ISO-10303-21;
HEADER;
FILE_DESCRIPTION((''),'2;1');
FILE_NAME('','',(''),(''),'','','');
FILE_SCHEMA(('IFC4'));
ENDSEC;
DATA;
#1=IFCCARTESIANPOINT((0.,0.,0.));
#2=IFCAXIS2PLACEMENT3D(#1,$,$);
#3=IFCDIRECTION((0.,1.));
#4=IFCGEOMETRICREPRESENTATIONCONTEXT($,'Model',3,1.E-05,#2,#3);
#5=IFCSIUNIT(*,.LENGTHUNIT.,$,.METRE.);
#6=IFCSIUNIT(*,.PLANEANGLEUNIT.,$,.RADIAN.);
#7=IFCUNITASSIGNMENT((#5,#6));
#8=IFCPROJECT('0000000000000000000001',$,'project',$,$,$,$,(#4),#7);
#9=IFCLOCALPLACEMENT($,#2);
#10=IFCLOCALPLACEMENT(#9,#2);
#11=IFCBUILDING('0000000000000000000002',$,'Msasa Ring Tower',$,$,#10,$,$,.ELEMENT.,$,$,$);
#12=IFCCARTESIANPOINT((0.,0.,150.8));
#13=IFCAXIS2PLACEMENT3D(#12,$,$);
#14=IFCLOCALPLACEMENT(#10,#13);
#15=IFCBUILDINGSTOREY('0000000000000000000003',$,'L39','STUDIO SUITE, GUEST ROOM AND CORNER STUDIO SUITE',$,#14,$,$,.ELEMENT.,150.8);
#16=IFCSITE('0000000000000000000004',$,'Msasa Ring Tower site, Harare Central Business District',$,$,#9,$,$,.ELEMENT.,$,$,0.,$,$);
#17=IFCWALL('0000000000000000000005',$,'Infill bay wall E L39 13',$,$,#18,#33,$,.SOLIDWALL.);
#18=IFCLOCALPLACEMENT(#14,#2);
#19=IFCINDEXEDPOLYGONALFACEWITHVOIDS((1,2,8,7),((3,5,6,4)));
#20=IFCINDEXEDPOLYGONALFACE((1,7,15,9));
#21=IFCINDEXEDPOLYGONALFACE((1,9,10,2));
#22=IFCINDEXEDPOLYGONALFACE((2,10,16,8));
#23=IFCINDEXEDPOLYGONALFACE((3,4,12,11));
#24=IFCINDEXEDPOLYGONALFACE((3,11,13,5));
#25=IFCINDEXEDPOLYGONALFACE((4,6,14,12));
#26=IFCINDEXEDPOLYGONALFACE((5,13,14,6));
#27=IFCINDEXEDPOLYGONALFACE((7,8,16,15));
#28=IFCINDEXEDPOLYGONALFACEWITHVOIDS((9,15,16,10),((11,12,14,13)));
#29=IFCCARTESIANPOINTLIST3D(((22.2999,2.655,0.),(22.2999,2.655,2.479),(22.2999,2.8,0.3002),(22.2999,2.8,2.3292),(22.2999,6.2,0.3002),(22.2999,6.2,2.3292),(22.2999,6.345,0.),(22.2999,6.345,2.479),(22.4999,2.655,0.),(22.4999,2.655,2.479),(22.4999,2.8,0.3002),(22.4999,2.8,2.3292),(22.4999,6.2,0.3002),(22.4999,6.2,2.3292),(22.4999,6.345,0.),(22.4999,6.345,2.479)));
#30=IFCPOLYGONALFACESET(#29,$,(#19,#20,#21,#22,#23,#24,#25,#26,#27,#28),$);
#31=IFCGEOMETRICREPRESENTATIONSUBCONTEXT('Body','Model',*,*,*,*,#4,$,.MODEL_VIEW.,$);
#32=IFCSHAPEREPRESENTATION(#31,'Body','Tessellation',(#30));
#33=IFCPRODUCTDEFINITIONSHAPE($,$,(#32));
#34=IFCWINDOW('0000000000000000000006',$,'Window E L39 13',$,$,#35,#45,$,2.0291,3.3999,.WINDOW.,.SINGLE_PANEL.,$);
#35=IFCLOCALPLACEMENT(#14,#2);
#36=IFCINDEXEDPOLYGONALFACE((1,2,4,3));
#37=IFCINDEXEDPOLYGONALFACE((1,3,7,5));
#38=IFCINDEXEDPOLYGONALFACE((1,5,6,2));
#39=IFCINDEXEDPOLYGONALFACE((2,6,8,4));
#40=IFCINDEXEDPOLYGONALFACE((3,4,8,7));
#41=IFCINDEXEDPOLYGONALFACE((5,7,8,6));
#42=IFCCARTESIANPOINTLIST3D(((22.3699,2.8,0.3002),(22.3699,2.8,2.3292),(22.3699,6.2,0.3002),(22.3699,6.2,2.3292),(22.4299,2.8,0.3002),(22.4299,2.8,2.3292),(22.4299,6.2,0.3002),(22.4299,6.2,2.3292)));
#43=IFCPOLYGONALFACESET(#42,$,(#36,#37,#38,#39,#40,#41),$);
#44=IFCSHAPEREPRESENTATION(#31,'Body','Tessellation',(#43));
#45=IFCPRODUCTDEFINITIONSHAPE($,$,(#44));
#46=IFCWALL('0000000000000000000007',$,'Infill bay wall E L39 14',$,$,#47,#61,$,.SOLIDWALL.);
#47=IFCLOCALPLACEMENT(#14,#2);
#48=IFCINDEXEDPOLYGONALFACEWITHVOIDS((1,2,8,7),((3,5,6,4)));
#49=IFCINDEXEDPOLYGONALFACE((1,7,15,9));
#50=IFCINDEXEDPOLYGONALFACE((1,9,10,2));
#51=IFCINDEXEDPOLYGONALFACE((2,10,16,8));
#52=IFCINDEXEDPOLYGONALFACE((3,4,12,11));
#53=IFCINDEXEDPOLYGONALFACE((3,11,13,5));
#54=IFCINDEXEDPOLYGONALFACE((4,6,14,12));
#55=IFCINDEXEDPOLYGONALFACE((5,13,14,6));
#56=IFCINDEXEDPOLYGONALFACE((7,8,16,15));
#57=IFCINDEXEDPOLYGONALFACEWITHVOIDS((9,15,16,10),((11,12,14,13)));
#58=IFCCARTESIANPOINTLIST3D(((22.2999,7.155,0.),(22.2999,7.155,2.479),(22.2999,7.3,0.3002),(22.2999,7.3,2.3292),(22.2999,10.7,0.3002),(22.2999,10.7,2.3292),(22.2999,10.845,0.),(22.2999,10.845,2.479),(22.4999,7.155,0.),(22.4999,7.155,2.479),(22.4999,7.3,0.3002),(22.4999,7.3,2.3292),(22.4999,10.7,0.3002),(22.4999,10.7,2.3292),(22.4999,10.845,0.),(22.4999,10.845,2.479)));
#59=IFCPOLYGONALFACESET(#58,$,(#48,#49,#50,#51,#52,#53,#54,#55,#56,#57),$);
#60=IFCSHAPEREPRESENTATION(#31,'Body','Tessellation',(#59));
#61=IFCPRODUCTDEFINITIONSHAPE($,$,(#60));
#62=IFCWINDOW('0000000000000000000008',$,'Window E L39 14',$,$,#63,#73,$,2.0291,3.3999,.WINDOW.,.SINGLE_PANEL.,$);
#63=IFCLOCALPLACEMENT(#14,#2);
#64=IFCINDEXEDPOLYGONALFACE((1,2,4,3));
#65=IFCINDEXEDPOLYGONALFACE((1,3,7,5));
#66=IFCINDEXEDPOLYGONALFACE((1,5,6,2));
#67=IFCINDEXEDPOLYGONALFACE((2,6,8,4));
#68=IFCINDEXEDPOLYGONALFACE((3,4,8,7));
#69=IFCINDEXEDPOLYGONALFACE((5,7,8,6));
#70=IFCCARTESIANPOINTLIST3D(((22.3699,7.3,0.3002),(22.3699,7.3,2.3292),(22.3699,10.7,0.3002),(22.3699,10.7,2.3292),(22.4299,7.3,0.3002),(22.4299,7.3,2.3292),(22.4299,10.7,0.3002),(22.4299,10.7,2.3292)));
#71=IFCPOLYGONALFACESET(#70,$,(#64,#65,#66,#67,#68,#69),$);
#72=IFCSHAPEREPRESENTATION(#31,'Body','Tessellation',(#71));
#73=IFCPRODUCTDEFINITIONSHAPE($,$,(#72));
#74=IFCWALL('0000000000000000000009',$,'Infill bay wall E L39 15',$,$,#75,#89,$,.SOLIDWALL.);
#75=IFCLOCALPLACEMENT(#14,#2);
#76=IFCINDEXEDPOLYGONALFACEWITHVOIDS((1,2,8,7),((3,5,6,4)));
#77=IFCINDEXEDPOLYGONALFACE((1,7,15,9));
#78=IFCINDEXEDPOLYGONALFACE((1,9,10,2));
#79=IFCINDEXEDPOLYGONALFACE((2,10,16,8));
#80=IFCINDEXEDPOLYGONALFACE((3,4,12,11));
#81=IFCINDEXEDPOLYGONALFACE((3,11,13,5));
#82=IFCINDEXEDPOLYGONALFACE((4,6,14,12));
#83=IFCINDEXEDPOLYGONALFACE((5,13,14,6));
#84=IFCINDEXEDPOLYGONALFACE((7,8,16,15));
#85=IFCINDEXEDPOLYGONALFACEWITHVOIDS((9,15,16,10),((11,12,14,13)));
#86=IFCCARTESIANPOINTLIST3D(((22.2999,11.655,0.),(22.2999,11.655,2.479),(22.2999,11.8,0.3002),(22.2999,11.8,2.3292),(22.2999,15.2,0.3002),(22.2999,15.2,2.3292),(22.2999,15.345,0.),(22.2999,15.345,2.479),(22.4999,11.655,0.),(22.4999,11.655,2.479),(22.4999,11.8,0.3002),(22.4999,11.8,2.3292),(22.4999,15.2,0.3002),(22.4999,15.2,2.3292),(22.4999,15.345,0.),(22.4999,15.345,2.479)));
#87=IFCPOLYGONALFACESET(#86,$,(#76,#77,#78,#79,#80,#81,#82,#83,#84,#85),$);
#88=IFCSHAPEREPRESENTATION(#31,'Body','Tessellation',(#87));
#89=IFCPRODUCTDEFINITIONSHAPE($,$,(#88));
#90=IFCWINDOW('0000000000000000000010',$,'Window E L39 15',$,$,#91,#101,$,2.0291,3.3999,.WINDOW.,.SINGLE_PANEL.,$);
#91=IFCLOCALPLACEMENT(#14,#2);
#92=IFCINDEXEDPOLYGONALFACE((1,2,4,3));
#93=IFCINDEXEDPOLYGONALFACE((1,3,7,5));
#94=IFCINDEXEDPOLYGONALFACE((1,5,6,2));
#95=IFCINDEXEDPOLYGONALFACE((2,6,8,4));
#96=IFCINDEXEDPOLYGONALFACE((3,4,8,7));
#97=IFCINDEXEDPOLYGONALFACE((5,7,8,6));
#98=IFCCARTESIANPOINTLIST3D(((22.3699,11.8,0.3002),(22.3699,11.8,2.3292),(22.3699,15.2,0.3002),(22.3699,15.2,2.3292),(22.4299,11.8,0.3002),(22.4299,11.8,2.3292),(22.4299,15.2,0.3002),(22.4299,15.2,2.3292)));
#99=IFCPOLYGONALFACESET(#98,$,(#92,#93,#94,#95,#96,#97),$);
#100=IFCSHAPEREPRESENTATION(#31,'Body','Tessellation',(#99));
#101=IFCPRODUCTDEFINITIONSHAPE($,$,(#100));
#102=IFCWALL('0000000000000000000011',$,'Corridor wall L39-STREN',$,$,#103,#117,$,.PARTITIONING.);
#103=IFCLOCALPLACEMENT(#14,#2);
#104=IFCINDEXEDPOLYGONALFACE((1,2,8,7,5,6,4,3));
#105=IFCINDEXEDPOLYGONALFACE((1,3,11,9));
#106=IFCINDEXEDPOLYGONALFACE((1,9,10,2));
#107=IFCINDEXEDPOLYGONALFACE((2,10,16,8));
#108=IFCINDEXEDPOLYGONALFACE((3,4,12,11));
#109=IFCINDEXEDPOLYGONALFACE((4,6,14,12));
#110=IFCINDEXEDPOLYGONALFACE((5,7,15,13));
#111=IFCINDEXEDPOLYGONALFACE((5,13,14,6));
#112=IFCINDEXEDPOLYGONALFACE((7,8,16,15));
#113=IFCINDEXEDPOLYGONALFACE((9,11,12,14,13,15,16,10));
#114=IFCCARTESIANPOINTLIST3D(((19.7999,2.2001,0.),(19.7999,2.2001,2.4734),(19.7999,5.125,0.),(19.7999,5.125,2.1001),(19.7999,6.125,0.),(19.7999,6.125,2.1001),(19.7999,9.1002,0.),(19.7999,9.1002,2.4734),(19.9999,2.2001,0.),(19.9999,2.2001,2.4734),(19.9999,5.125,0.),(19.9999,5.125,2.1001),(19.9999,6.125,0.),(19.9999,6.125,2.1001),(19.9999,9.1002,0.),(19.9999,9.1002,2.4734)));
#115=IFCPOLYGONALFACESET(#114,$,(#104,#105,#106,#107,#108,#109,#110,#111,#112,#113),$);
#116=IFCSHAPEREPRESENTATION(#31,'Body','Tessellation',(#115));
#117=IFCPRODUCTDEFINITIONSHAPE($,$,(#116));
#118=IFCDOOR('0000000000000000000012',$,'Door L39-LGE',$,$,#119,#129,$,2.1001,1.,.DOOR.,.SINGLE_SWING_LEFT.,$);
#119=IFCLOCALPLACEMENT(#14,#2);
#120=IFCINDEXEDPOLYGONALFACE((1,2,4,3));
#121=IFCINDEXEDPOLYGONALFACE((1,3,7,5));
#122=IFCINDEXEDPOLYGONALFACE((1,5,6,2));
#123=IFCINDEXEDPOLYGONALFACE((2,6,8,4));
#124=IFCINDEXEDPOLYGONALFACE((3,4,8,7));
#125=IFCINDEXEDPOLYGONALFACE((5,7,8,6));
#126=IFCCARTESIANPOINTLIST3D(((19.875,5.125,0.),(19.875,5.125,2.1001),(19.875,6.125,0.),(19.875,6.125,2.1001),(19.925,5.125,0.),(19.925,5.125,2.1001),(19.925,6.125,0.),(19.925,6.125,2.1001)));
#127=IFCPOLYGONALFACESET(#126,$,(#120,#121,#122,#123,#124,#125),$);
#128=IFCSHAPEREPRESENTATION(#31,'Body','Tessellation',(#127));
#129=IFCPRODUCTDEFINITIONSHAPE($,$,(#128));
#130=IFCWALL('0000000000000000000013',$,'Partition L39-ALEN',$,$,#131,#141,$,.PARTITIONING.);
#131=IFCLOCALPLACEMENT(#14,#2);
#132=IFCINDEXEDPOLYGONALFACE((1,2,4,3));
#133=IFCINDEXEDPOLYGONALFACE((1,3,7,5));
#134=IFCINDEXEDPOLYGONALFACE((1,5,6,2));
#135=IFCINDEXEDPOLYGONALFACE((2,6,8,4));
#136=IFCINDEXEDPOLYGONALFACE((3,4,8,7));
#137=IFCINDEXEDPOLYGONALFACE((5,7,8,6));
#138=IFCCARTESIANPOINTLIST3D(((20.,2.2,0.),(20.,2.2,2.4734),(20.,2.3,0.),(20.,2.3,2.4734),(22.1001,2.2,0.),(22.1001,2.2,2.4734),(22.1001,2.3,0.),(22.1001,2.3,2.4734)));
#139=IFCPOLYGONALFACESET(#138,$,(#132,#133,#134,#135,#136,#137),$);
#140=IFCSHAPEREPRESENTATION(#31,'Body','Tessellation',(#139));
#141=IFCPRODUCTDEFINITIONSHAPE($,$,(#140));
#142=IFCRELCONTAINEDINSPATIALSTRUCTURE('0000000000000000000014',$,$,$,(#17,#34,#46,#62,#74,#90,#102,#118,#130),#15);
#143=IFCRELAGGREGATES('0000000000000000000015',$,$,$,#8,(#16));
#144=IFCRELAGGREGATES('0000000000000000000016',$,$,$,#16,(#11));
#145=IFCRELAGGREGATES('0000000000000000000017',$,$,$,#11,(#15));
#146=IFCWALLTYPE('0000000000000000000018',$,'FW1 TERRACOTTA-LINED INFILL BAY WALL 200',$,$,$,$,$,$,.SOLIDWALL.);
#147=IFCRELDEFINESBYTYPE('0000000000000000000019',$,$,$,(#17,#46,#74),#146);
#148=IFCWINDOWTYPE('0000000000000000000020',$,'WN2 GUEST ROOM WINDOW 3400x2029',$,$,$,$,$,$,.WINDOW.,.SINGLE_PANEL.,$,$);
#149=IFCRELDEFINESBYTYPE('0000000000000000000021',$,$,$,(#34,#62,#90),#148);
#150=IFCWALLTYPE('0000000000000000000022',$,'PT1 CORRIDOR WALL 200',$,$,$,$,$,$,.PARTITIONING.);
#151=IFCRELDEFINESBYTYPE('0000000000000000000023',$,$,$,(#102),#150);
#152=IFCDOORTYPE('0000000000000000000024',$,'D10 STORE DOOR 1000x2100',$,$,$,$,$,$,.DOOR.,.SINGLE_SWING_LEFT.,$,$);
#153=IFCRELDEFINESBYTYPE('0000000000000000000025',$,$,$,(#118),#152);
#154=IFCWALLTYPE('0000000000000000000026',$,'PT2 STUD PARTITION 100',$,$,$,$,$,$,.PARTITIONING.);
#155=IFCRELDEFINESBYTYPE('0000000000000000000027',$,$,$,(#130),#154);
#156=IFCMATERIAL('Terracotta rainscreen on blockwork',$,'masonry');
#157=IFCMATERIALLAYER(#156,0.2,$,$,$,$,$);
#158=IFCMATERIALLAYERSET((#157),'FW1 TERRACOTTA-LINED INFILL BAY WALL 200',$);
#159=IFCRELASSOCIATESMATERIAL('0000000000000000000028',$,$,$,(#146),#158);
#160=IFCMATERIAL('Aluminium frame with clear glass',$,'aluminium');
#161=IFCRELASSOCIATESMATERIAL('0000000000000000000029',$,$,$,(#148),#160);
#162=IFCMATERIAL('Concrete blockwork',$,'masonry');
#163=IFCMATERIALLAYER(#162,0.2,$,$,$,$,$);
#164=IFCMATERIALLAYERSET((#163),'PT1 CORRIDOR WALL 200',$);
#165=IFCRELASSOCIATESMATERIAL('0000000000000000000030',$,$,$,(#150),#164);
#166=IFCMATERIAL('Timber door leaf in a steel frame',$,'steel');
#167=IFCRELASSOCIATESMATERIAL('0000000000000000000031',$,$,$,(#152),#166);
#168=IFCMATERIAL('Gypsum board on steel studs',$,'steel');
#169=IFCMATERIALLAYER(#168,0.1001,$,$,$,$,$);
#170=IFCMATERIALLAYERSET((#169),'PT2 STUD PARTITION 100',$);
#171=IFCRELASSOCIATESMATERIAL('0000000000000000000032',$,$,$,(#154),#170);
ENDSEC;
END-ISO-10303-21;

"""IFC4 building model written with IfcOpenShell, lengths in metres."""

from ifc_helpers import new_model, si_unit, direction, frame, frame_2d, origin, place, context, subcontext, project, spatial, rectangle, extrude, material, layer, layer_set, type_object, element, fill, save


model = new_model("IFC4")

# Units and contexts
model_context = context("Model", 3, precision=1e-05, world=origin(), true_north=direction((0.0, 1.0)))
body_context = subcontext(model_context, "Body", "Model", "MODEL_VIEW")
ifc_project = project(units=[si_unit("LENGTHUNIT", "METRE"), si_unit("PLANEANGLEUNIT", "RADIAN")], contexts=[model_context])

# Site, building, storey
site_placement = place(None, origin())
site = spatial("IfcSite", under=ifc_project, at=site_placement, Name="Msasa Ring Tower site, Harare Central Business District", CompositionType="ELEMENT", RefElevation=0.0)
building_placement = place(site_placement, origin())
building = spatial("IfcBuilding", under=site, at=building_placement, Name="Msasa Ring Tower", CompositionType="ELEMENT")
storey_placement = place(building_placement, frame((0.0, 0.0, 150.8)))
storey = spatial("IfcBuildingStorey", under=building, at=storey_placement, Name="L39", Description="STUDIO SUITE, GUEST ROOM AND CORNER STUDIO SUITE", CompositionType="ELEMENT", Elevation=150.8)

# Walls, openings, windows
ifc_material_1 = material(Name="Terracotta rainscreen on blockwork", Category="masonry")
ifc_layer_1 = layer(ifc_material_1, 0.2)
ifc_layer_set_1 = layer_set([ifc_layer_1], Name="FW1 TERRACOTTA-LINED INFILL BAY WALL 200")
wall_type_1 = type_object("IfcWallType", Name="FW1 TERRACOTTA-LINED INFILL BAY WALL 200", PredefinedType="SOLIDWALL", material=ifc_layer_set_1)
wall_1_placement = place(storey_placement, frame((22.3999, 2.655, 0.0), z_axis=(0.0, 0.0, 1.0), x_axis=(0.0, 1.0, 0.0)))
wall_1 = element("IfcWall", 1, at=wall_1_placement, inside=storey, type_object=wall_type_1, Name="Infill bay wall E L39 13", PredefinedType="SOLIDWALL", context=body_context, shape_type="SweptSolid", body=[
    extrude(rectangle(XDim=3.6899, YDim=0.2, at=frame_2d((1.845, 0.0))), origin(), (0.0, 0.0, 1.0), 2.479),
])
opening_1_placement = place(wall_1_placement, frame((0.145, 0.0, 0.3)))
opening_1 = element("IfcOpeningElement", 2, at=opening_1_placement, cuts=wall_1, PredefinedType="OPENING", context=body_context, shape_type="SweptSolid", body=[
    extrude(rectangle(XDim=3.3999, YDim=2.0291, at=frame_2d((1.7, 1.0146))), frame((0.0, 0.1099, 0.0), z_axis=(0.0, -1.0, 0.0), x_axis=(1.0, 0.0, 0.0)), (0.0, 0.0, 1.0), 0.22),
])
ifc_material_2 = material(Name="Aluminium frame with clear glass", Category="aluminium")
window_type = type_object("IfcWindowType", Name="WN2 GUEST ROOM WINDOW 3400x2029", PartitioningType="SINGLE_PANEL", PredefinedType="WINDOW", material=ifc_material_2)
window_1_placement = place(opening_1_placement, origin())
window_1 = element("IfcWindow", 3, at=window_1_placement, inside=storey, type_object=window_type, Name="Window E L39 13", OverallHeight=2.0291, OverallWidth=3.3999, PartitioningType="SINGLE_PANEL", PredefinedType="WINDOW", context=body_context, shape_type="SweptSolid", body=[
    extrude(rectangle(XDim=3.3999, YDim=2.0291, at=frame_2d((1.7, 1.0146))), frame((0.0, 0.03, 0.0), z_axis=(0.0, -1.0, 0.0), x_axis=(1.0, 0.0, 0.0)), (0.0, 0.0, 1.0), 0.0601),
])
fill(opening_1, window_1)
wall_2_placement = place(storey_placement, frame((22.3999, 7.155, 0.0), z_axis=(0.0, 0.0, 1.0), x_axis=(0.0, 1.0, 0.0)))
wall_2 = element("IfcWall", 4, at=wall_2_placement, inside=storey, type_object=wall_type_1, Name="Infill bay wall E L39 14", PredefinedType="SOLIDWALL", context=body_context, shape_type="SweptSolid", body=[
    extrude(rectangle(XDim=3.6899, YDim=0.2, at=frame_2d((1.845, 0.0))), origin(), (0.0, 0.0, 1.0), 2.479),
])
opening_2_placement = place(wall_2_placement, frame((0.145, 0.0, 0.3)))
opening_2 = element("IfcOpeningElement", 5, at=opening_2_placement, cuts=wall_2, PredefinedType="OPENING", context=body_context, shape_type="SweptSolid", body=[
    extrude(rectangle(XDim=3.3999, YDim=2.0291, at=frame_2d((1.7, 1.0146))), frame((0.0, 0.1099, 0.0), z_axis=(0.0, -1.0, 0.0), x_axis=(1.0, 0.0, 0.0)), (0.0, 0.0, 1.0), 0.22),
])
window_2_placement = place(opening_2_placement, origin())
window_2 = element("IfcWindow", 6, at=window_2_placement, inside=storey, type_object=window_type, Name="Window E L39 14", OverallHeight=2.0291, OverallWidth=3.3999, PartitioningType="SINGLE_PANEL", PredefinedType="WINDOW", context=body_context, shape_type="SweptSolid", body=[
    extrude(rectangle(XDim=3.3999, YDim=2.0291, at=frame_2d((1.7, 1.0146))), frame((0.0, 0.03, 0.0), z_axis=(0.0, -1.0, 0.0), x_axis=(1.0, 0.0, 0.0)), (0.0, 0.0, 1.0), 0.0601),
])
fill(opening_2, window_2)
wall_3_placement = place(storey_placement, frame((22.3999, 11.655, 0.0), z_axis=(0.0, 0.0, 1.0), x_axis=(0.0, 1.0, 0.0)))
wall_3 = element("IfcWall", 7, at=wall_3_placement, inside=storey, type_object=wall_type_1, Name="Infill bay wall E L39 15", PredefinedType="SOLIDWALL", context=body_context, shape_type="SweptSolid", body=[
    extrude(rectangle(XDim=3.6899, YDim=0.2, at=frame_2d((1.845, 0.0))), origin(), (0.0, 0.0, 1.0), 2.479),
])
opening_3_placement = place(wall_3_placement, frame((0.145, 0.0, 0.3)))
opening_3 = element("IfcOpeningElement", 8, at=opening_3_placement, cuts=wall_3, PredefinedType="OPENING", context=body_context, shape_type="SweptSolid", body=[
    extrude(rectangle(XDim=3.3999, YDim=2.0291, at=frame_2d((1.7, 1.0146))), frame((0.0, 0.1099, 0.0), z_axis=(0.0, -1.0, 0.0), x_axis=(1.0, 0.0, 0.0)), (0.0, 0.0, 1.0), 0.22),
])
window_3_placement = place(opening_3_placement, origin())
window_3 = element("IfcWindow", 9, at=window_3_placement, inside=storey, type_object=window_type, Name="Window E L39 15", OverallHeight=2.0291, OverallWidth=3.3999, PartitioningType="SINGLE_PANEL", PredefinedType="WINDOW", context=body_context, shape_type="SweptSolid", body=[
    extrude(rectangle(XDim=3.3999, YDim=2.0291, at=frame_2d((1.7, 1.0146))), frame((0.0, 0.03, 0.0), z_axis=(0.0, -1.0, 0.0), x_axis=(1.0, 0.0, 0.0)), (0.0, 0.0, 1.0), 0.0601),
])
fill(opening_3, window_3)

# Wall, opening, door
ifc_material_3 = material(Name="Concrete blockwork", Category="masonry")
ifc_layer_2 = layer(ifc_material_3, 0.2)
ifc_layer_set_2 = layer_set([ifc_layer_2], Name="PT1 CORRIDOR WALL 200")
wall_type_2 = type_object("IfcWallType", Name="PT1 CORRIDOR WALL 200", PredefinedType="PARTITIONING", material=ifc_layer_set_2)
wall_4_placement = place(storey_placement, frame((19.8999, 2.2, 0.0), z_axis=(0.0, 0.0, 1.0), x_axis=(0.0, 1.0, 0.0)))
wall_4 = element("IfcWall", 10, at=wall_4_placement, inside=storey, type_object=wall_type_2, Name="Corridor wall L39-STREN", PredefinedType="PARTITIONING", context=body_context, shape_type="SweptSolid", body=[
    extrude(rectangle(XDim=6.9001, YDim=0.2, at=frame_2d((3.4502, 0.0))), origin(), (0.0, 0.0, 1.0), 2.4734),
])
opening_4_placement = place(wall_4_placement, frame((2.925, 0.0, 0.0)))
opening_4 = element("IfcOpeningElement", 11, at=opening_4_placement, cuts=wall_4, PredefinedType="OPENING", context=body_context, shape_type="SweptSolid", body=[
    extrude(rectangle(XDim=1.0, YDim=2.1001, at=frame_2d((0.5, 1.05))), frame((0.0, 0.1099, 0.0), z_axis=(0.0, -1.0, 0.0), x_axis=(1.0, 0.0, 0.0)), (0.0, 0.0, 1.0), 0.22),
])
ifc_material_4 = material(Name="Timber door leaf in a steel frame", Category="steel")
door_type_1 = type_object("IfcDoorType", Name="D10 STORE DOOR 1000x2100", OperationType="SINGLE_SWING_LEFT", PredefinedType="DOOR", material=ifc_material_4)
door_1_placement = place(opening_4_placement, origin())
door_1 = element("IfcDoor", 12, at=door_1_placement, inside=storey, type_object=door_type_1, Name="Door L39-LGE", OperationType="SINGLE_SWING_LEFT", OverallHeight=2.1001, OverallWidth=1.0, PredefinedType="DOOR", context=body_context, shape_type="SweptSolid", body=[
    extrude(rectangle(XDim=1.0, YDim=2.1001, at=frame_2d((0.5, 1.05))), frame((0.0, 0.0249, 0.0), z_axis=(0.0, -1.0, 0.0), x_axis=(1.0, 0.0, 0.0)), (0.0, 0.0, 1.0), 0.05),
])
fill(opening_4, door_1)

# Wall
ifc_material_5 = material(Name="Gypsum board on steel studs", Category="steel")
ifc_layer_3 = layer(ifc_material_5, 0.1001)
ifc_layer_set_3 = layer_set([ifc_layer_3], Name="PT2 STUD PARTITION 100")
wall_type_3 = type_object("IfcWallType", Name="PT2 STUD PARTITION 100", PredefinedType="PARTITIONING", material=ifc_layer_set_3)
wall_5_placement = place(storey_placement, frame((20.0, 2.25, 0.0), z_axis=(0.0, 0.0, 1.0), x_axis=(1.0, 0.0, 0.0)))
element("IfcWall", 13, at=wall_5_placement, inside=storey, type_object=wall_type_3, Name="Partition L39-ALEN", PredefinedType="PARTITIONING", context=body_context, shape_type="SweptSolid", body=[
    extrude(rectangle(XDim=2.1001, YDim=0.1001, at=frame_2d((1.05, 0.0))), origin(), (0.0, 0.0, 1.0), 2.4734),
])

save(model, "model.ifc")
